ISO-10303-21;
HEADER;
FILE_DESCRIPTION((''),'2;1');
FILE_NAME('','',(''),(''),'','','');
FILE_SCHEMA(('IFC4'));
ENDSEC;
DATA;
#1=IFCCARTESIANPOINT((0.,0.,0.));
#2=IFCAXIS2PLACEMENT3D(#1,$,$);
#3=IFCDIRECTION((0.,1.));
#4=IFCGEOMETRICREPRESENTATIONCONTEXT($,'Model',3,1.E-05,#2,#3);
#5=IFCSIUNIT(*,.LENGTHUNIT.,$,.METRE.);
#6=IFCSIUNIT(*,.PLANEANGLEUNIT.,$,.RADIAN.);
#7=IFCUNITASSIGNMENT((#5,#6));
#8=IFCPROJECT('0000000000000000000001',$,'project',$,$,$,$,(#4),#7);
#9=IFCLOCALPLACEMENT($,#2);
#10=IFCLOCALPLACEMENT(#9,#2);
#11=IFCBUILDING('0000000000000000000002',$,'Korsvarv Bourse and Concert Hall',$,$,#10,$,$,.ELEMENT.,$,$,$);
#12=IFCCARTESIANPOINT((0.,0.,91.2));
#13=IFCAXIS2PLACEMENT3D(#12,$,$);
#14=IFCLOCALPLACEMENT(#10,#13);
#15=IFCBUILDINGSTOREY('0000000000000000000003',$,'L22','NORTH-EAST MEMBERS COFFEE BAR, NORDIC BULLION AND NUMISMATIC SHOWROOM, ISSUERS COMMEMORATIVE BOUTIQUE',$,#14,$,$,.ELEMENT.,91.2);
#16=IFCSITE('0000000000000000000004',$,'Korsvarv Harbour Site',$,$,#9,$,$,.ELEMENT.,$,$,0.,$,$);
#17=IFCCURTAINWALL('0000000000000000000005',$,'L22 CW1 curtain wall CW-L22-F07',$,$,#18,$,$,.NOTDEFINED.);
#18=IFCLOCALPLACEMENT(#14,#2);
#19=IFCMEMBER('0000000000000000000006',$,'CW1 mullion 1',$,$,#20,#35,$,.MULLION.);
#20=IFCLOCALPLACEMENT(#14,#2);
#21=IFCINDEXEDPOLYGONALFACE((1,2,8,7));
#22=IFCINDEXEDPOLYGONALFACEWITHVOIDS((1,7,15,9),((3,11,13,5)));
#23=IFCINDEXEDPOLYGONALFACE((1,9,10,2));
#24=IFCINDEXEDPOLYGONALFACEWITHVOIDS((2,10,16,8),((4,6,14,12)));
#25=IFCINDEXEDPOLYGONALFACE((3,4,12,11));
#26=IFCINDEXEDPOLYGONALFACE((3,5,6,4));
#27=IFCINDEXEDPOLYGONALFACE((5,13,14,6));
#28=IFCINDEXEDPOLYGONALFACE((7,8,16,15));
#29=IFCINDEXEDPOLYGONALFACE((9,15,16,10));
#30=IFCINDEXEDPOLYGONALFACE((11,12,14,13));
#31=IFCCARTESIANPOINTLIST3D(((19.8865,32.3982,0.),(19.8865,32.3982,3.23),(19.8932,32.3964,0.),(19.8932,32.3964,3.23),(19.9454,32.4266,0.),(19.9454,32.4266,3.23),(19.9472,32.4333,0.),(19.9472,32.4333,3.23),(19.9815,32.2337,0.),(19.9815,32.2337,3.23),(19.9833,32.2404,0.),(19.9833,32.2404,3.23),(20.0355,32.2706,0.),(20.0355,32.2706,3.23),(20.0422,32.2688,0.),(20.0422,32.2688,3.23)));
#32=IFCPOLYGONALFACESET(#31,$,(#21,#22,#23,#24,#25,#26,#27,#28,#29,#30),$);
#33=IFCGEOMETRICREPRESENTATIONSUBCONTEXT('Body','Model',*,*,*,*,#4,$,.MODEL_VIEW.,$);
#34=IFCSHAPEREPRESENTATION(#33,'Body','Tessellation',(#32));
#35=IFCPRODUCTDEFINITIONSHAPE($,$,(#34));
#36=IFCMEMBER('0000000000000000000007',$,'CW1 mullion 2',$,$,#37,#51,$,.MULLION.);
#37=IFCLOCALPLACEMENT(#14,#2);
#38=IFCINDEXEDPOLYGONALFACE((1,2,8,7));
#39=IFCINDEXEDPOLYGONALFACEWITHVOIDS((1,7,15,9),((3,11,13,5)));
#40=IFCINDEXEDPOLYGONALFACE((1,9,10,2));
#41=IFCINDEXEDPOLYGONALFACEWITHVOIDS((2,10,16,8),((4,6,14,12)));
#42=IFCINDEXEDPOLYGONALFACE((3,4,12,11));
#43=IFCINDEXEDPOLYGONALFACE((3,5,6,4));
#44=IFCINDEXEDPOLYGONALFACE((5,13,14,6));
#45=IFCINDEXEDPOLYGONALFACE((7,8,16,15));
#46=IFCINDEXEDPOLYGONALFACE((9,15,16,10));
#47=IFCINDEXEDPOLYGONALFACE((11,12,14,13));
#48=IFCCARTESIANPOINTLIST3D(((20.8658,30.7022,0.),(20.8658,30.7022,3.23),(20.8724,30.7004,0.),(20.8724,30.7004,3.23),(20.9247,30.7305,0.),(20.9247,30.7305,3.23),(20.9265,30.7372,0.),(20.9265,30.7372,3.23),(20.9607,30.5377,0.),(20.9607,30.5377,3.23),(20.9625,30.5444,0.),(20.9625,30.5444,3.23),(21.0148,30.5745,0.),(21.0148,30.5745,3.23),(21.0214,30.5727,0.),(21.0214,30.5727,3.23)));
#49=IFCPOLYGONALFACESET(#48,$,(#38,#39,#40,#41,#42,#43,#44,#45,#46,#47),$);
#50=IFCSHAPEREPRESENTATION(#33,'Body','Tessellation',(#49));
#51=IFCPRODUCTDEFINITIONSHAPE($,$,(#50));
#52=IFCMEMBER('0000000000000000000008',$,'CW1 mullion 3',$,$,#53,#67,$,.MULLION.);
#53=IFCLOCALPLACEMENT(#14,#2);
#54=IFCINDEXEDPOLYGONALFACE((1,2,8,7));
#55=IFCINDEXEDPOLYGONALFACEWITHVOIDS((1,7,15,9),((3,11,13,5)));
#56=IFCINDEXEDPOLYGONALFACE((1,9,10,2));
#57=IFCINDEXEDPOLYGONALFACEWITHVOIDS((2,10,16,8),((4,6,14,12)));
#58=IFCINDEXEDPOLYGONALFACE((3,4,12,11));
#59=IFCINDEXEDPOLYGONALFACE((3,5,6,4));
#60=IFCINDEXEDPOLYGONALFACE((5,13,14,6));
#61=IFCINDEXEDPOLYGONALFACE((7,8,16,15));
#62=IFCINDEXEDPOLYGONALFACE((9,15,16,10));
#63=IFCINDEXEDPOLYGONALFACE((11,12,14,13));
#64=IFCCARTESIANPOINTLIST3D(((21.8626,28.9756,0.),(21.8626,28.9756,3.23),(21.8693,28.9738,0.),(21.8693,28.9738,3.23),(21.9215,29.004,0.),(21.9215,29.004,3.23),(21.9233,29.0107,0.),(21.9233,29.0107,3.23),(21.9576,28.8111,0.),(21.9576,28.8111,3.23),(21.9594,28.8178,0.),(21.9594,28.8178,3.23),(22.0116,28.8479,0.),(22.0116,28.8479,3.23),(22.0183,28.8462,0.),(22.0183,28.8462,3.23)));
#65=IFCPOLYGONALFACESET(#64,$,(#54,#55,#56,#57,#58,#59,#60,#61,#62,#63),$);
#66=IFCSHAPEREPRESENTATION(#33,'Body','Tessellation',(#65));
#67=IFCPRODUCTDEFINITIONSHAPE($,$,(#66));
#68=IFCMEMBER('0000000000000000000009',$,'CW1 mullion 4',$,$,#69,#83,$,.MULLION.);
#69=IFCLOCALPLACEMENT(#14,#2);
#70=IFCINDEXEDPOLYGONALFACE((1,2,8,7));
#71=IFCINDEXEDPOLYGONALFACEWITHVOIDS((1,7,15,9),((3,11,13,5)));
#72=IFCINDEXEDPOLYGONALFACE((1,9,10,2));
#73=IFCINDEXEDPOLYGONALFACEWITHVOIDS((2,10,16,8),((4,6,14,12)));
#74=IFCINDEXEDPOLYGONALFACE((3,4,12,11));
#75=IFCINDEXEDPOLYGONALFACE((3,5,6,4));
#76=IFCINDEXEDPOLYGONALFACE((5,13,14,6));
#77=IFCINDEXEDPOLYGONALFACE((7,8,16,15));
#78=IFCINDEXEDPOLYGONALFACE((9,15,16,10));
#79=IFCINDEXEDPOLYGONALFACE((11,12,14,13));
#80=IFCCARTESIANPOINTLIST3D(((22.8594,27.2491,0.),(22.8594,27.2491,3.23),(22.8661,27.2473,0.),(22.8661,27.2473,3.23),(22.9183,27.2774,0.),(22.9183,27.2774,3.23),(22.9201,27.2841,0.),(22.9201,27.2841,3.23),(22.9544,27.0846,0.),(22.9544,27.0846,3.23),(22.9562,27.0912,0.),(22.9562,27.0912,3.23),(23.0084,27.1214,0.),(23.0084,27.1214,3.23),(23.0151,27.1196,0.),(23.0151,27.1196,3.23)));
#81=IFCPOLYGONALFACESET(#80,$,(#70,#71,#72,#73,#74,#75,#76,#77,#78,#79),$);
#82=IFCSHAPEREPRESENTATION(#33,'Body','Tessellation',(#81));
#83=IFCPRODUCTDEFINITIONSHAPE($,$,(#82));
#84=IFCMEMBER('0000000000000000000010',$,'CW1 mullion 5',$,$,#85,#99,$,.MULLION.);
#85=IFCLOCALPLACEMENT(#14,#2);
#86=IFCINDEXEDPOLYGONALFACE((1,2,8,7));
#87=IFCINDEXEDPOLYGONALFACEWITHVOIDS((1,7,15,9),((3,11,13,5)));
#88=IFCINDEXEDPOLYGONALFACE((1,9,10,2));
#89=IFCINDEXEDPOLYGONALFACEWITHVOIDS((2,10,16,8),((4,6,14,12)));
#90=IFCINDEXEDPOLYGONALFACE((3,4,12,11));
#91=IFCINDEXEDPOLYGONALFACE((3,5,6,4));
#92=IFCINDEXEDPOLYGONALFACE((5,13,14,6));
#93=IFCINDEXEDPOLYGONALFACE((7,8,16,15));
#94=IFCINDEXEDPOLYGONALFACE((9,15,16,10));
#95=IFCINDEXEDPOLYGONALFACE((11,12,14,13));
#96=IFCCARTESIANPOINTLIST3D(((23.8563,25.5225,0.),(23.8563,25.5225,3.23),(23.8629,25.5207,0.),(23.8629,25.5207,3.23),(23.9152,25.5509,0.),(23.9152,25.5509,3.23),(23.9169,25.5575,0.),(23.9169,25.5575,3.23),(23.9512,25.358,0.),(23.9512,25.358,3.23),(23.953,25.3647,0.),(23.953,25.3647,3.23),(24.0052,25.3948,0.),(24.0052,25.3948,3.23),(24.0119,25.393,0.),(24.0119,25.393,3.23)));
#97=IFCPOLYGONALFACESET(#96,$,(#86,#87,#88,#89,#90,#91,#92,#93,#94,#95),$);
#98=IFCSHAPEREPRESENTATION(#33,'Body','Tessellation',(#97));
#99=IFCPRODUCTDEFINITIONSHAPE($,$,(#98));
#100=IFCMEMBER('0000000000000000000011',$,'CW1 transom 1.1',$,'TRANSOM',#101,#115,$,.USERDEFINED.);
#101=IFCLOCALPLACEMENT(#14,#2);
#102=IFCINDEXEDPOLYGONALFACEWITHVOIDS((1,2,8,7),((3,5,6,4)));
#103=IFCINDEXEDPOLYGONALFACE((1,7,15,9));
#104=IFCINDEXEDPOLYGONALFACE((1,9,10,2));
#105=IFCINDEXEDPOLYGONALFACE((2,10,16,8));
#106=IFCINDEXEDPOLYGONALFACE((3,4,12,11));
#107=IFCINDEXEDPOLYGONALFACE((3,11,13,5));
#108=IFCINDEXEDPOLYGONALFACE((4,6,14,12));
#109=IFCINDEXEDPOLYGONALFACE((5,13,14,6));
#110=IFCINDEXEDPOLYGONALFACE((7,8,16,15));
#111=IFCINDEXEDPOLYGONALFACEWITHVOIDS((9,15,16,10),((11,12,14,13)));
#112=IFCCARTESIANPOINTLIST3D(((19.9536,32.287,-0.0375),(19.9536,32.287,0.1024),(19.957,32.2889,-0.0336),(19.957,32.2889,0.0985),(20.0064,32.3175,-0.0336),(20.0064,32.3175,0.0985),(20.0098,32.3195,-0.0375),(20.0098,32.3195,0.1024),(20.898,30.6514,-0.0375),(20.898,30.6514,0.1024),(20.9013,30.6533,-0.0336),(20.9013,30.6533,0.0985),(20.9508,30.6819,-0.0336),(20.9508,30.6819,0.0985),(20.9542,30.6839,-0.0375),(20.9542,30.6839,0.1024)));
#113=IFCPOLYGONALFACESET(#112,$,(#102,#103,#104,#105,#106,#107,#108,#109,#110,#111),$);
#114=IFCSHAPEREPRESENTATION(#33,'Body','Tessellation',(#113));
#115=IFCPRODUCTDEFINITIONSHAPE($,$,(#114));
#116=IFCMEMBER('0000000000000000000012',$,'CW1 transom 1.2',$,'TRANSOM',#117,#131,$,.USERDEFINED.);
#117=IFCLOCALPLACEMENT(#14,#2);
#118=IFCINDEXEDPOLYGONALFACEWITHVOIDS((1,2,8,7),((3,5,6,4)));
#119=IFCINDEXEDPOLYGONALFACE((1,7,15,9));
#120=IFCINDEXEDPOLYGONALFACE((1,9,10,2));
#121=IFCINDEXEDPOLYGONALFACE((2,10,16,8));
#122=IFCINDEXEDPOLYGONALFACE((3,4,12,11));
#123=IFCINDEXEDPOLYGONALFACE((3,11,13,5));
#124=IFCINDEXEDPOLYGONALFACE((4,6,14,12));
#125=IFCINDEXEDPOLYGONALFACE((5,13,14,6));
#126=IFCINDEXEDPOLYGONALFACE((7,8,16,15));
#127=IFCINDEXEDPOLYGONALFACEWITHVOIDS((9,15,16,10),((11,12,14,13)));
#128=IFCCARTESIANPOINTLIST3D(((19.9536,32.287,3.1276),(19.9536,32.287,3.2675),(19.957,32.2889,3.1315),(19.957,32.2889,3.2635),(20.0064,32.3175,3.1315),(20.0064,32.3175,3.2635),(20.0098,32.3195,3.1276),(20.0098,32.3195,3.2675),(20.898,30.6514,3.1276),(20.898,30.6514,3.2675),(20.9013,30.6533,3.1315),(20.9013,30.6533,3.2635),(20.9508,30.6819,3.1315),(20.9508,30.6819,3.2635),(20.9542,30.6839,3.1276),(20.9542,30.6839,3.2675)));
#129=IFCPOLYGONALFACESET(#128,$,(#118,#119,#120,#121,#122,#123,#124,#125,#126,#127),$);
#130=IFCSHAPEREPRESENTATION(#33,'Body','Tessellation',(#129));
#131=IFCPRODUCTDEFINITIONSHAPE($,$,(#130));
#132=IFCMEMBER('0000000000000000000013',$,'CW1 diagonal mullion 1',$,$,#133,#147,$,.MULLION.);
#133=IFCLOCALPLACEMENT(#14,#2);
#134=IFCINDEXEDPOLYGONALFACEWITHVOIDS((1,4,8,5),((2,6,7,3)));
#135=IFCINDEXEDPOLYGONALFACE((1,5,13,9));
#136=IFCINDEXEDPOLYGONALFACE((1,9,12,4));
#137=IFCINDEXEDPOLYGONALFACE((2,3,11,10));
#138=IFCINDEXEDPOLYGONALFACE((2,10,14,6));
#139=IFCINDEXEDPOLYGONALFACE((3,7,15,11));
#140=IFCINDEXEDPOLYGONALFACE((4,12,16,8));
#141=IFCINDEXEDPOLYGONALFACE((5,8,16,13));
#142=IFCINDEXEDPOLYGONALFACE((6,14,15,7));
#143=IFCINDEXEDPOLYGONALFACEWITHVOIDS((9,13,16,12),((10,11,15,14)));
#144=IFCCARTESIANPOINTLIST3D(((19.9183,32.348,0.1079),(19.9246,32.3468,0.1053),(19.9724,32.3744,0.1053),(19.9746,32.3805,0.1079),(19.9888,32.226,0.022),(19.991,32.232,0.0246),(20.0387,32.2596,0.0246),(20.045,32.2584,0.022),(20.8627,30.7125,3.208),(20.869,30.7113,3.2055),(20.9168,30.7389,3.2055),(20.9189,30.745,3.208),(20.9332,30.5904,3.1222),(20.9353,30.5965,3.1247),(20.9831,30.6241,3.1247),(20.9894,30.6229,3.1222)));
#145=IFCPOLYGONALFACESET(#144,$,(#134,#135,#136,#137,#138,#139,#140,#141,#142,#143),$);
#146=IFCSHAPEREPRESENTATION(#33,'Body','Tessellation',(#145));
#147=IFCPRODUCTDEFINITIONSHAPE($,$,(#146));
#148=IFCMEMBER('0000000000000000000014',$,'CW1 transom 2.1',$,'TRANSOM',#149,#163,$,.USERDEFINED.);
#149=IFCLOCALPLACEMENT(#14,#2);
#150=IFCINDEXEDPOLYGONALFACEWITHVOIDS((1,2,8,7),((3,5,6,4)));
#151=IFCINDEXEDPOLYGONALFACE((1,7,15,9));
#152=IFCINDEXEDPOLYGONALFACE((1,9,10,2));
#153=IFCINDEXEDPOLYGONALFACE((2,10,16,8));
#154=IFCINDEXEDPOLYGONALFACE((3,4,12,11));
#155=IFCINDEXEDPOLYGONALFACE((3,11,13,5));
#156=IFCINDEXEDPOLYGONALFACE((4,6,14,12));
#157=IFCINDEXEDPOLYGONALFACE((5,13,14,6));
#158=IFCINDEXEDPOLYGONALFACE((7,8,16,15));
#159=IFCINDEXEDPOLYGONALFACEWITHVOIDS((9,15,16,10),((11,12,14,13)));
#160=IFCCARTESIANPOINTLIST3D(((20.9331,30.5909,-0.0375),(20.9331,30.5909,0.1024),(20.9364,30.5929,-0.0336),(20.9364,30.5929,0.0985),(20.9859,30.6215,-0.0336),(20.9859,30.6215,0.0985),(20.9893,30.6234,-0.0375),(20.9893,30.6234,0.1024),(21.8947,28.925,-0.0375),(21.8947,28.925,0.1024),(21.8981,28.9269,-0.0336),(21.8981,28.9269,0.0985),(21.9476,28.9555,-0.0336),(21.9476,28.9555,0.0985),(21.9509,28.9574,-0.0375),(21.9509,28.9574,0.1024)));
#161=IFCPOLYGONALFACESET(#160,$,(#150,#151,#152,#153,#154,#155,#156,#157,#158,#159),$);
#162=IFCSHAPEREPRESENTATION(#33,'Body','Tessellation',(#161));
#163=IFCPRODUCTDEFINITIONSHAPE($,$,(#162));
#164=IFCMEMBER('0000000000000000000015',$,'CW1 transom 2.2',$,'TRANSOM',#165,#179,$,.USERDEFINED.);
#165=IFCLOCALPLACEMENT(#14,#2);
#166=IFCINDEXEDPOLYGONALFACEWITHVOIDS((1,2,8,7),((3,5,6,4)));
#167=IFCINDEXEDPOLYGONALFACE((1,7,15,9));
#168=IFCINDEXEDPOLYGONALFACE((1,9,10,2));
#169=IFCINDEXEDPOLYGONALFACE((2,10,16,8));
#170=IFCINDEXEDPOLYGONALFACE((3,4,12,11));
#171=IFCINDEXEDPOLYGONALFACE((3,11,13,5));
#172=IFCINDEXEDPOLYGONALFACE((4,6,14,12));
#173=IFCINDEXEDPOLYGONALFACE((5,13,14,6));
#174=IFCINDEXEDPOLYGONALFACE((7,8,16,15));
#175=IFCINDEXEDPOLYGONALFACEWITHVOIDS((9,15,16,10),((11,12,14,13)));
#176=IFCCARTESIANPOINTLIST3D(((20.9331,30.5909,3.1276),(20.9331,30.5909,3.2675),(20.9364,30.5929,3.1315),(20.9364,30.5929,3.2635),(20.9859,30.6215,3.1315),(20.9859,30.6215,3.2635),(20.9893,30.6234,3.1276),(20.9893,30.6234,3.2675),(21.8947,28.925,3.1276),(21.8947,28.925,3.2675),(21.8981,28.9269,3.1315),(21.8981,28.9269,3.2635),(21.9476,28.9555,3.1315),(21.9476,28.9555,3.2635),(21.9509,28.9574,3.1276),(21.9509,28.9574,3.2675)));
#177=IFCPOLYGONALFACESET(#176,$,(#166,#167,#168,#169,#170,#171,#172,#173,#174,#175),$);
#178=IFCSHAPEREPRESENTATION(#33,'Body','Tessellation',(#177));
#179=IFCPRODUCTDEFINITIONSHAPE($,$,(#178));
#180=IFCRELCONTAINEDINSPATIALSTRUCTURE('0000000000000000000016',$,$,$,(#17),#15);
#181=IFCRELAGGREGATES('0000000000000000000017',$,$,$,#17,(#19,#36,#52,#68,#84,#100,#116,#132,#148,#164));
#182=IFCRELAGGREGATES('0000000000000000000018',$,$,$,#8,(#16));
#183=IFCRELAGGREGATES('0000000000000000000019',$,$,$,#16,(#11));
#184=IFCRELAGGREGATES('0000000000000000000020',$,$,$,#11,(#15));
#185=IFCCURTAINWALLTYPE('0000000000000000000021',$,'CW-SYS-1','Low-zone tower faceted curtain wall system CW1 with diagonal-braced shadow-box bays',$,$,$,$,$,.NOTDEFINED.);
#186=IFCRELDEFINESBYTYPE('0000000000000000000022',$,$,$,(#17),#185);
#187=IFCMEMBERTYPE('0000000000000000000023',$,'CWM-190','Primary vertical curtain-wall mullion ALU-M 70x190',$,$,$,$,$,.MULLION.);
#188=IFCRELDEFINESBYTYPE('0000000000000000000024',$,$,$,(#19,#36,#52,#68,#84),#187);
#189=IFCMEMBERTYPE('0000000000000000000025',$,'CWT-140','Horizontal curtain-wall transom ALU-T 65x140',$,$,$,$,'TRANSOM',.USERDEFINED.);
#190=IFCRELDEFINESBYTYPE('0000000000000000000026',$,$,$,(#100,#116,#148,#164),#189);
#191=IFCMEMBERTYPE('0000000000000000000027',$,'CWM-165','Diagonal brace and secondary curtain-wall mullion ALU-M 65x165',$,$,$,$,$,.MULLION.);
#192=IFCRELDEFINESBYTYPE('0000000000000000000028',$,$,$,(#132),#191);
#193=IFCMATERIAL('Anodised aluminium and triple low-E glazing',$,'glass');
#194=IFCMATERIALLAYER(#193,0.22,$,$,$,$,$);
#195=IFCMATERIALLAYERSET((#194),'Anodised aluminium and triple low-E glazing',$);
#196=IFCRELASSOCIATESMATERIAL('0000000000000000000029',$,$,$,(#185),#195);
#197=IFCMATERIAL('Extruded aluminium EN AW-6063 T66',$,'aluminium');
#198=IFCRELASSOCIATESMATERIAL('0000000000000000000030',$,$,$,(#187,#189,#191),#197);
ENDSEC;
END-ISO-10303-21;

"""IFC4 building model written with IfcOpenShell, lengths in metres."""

from ifc_helpers import new_model, si_unit, direction, frame, origin, origin_2d, place, context, subcontext, project, spatial, hollow_rectangle, extrude, source, transform, mapped, material, layer, layer_set, material_profile, profile_set, type_object, element, aggregate, save


model = new_model("IFC4")

# Units and contexts
model_context = context("Model", 3, precision=1e-05, world=origin(), true_north=direction((0.0, 1.0)))
body_context = subcontext(model_context, "Body", "Model", "MODEL_VIEW")
ifc_project = project(units=[si_unit("LENGTHUNIT", "METRE"), si_unit("PLANEANGLEUNIT", "RADIAN")], contexts=[model_context])

# Site, building, storey
site_placement = place(None, origin())
site = spatial("IfcSite", under=ifc_project, at=site_placement, Name="Korsvarv Harbour Site", CompositionType="ELEMENT", RefElevation=0.0)
building_placement = place(site_placement, origin())
building = spatial("IfcBuilding", under=site, at=building_placement, Name="Korsvarv Bourse and Concert Hall", CompositionType="ELEMENT")
storey_placement = place(building_placement, frame((0.0, 0.0, 91.2)))
storey = spatial("IfcBuildingStorey", under=building, at=storey_placement, Name="L22", Description="NORTH-EAST MEMBERS COFFEE BAR, NORDIC BULLION AND NUMISMATIC SHOWROOM, ISSUERS COMMEMORATIVE BOUTIQUE", CompositionType="ELEMENT", Elevation=91.2)

# Curtain wall, members
ifc_material_1 = material(Name="Anodised aluminium and triple low-E glazing", Category="glass")
ifc_layer_1 = layer(ifc_material_1, 0.22)
ifc_layer_set_1 = layer_set([ifc_layer_1], Name="Anodised aluminium and triple low-E glazing")
curtain_wall_type = type_object("IfcCurtainWallType", Name="CW-SYS-1", Description="Low-zone tower faceted curtain wall system CW1 with diagonal-braced shadow-box bays", PredefinedType="NOTDEFINED", material=ifc_layer_set_1)
curtain_wall_placement = place(storey_placement, origin())
curtain_wall = element("IfcCurtainWall", 1, at=curtain_wall_placement, inside=storey, type_object=curtain_wall_type, Name="L22 CW1 curtain wall CW-L22-F07", PredefinedType="NOTDEFINED")
ifc_material_2 = material(Name="Extruded aluminium EN AW-6063 T66", Category="aluminium")
ifc_material_profile_1 = material_profile(ifc_material_2, hollow_rectangle(XDim=0.0701, YDim=0.1899, WallThickness=0.0049, at=origin_2d()), Name="ALU-M 70x190")
ifc_profile_set_1 = profile_set([ifc_material_profile_1], Name="Extruded aluminium EN AW-6063 T66")
member_type_1 = type_object("IfcMemberType", Name="CWM-190", Description="Primary vertical curtain-wall mullion ALU-M 70x190", PredefinedType="MULLION", material=ifc_profile_set_1)
shared_shape_1 = source(origin(), body_context, "Body", "SweptSolid", [
    extrude(hollow_rectangle(XDim=0.0701, YDim=0.1899, WallThickness=0.0049, at=origin_2d()), origin(), (0.0, 0.0, 1.0), 3.23),
])
member_1_placement = place(storey_placement, frame((19.9644, 32.3335, 0.0), z_axis=(0.0, 0.0, 1.0), x_axis=(0.866026, 0.499999, 0.0)))
member_1 = element("IfcMember", 2, at=member_1_placement, type_object=member_type_1, Name="CW1 mullion 1", PredefinedType="MULLION", context=body_context, shape_type="MappedRepresentation", body=[
    mapped(shared_shape_1, transform((0.0, 0.0, 0.0), scale=1.0)),
])
member_2_placement = place(storey_placement, frame((20.9436, 30.6375, 0.0), z_axis=(0.0, 0.0, 1.0), x_axis=(0.866026, 0.499999, 0.0)))
member_2 = element("IfcMember", 3, at=member_2_placement, type_object=member_type_1, Name="CW1 mullion 2", PredefinedType="MULLION", context=body_context, shape_type="MappedRepresentation", body=[
    mapped(shared_shape_1, transform((0.0, 0.0, 0.0), scale=1.0)),
])
member_3_placement = place(storey_placement, frame((21.9404, 28.9109, 0.0), z_axis=(0.0, 0.0, 1.0), x_axis=(0.866026, 0.499999, 0.0)))
member_3 = element("IfcMember", 4, at=member_3_placement, type_object=member_type_1, Name="CW1 mullion 3", PredefinedType="MULLION", context=body_context, shape_type="MappedRepresentation", body=[
    mapped(shared_shape_1, transform((0.0, 0.0, 0.0), scale=1.0)),
])
member_4_placement = place(storey_placement, frame((22.9373, 27.1843, 0.0), z_axis=(0.0, 0.0, 1.0), x_axis=(0.866026, 0.499999, 0.0)))
member_4 = element("IfcMember", 5, at=member_4_placement, type_object=member_type_1, Name="CW1 mullion 4", PredefinedType="MULLION", context=body_context, shape_type="MappedRepresentation", body=[
    mapped(shared_shape_1, transform((0.0, 0.0, 0.0), scale=1.0)),
])
member_5_placement = place(storey_placement, frame((23.9341, 25.4578, 0.0), z_axis=(0.0, 0.0, 1.0), x_axis=(0.866026, 0.499999, 0.0)))
member_5 = element("IfcMember", 6, at=member_5_placement, type_object=member_type_1, Name="CW1 mullion 5", PredefinedType="MULLION", context=body_context, shape_type="MappedRepresentation", body=[
    mapped(shared_shape_1, transform((0.0, 0.0, 0.0), scale=1.0)),
])
ifc_material_profile_2 = material_profile(ifc_material_2, hollow_rectangle(XDim=0.0649, YDim=0.1399, WallThickness=0.0039, at=origin_2d()), Name="ALU-T 65x140")
ifc_profile_set_2 = profile_set([ifc_material_profile_2], Name="Extruded aluminium EN AW-6063 T66")
member_type_2 = type_object("IfcMemberType", Name="CWT-140", Description="Horizontal curtain-wall transom ALU-T 65x140", ElementType="TRANSOM", PredefinedType="USERDEFINED", material=ifc_profile_set_2)
shared_shape_2 = source(origin(), body_context, "Body", "SweptSolid", [
    extrude(hollow_rectangle(XDim=0.0649, YDim=0.1399, WallThickness=0.0039, at=origin_2d()), origin(), (0.0, 0.0, 1.0), 1.8887),
])
member_6_placement = place(storey_placement, frame((19.9817, 32.3032, 0.0325), z_axis=(0.500032, -0.866007, 0.0), x_axis=(0.866007, 0.500032, 0.0)))
member_6 = element("IfcMember", 7, at=member_6_placement, type_object=member_type_2, Name="CW1 transom 1.1", ObjectType="TRANSOM", PredefinedType="USERDEFINED", context=body_context, shape_type="MappedRepresentation", body=[
    mapped(shared_shape_2, transform((0.0, 0.0, 0.0), scale=1.0)),
])
member_7_placement = place(storey_placement, frame((19.9817, 32.3032, 3.1975), z_axis=(0.500032, -0.866007, 0.0), x_axis=(0.866007, 0.500032, 0.0)))
member_7 = element("IfcMember", 8, at=member_7_placement, type_object=member_type_2, Name="CW1 transom 1.2", ObjectType="TRANSOM", PredefinedType="USERDEFINED", context=body_context, shape_type="MappedRepresentation", body=[
    mapped(shared_shape_2, transform((0.0, 0.0, 0.0), scale=1.0)),
])
ifc_material_profile_3 = material_profile(ifc_material_2, hollow_rectangle(XDim=0.0649, YDim=0.165, WallThickness=0.0049, at=origin_2d()), Name="ALU-M 65x165")
ifc_profile_set_3 = profile_set([ifc_material_profile_3], Name="Extruded aluminium EN AW-6063 T66")
member_type_3 = type_object("IfcMemberType", Name="CWM-165", Description="Diagonal brace and secondary curtain-wall mullion ALU-M 65x165", PredefinedType="MULLION", material=ifc_profile_set_3)
shared_shape_3 = source(origin(), body_context, "Body", "SweptSolid", [
    extrude(hollow_rectangle(XDim=0.0649, YDim=0.165, WallThickness=0.0049, at=origin_2d()), origin(), (0.0, 0.0, 1.0), 3.6301),
])
member_8_placement = place(storey_placement, frame((19.9817, 32.3032, 0.0649), z_axis=(0.260144, -0.450545, 0.854011), x_axis=(0.866007, 0.500032, 0.0)))
member_8 = element("IfcMember", 9, at=member_8_placement, type_object=member_type_3, Name="CW1 diagonal mullion 1", PredefinedType="MULLION", context=body_context, shape_type="MappedRepresentation", body=[
    mapped(shared_shape_3, transform((0.0, 0.0, 0.0), scale=1.0)),
])
shared_shape_4 = source(origin(), body_context, "Body", "SweptSolid", [
    extrude(hollow_rectangle(XDim=0.0649, YDim=0.1399, WallThickness=0.0039, at=origin_2d()), origin(), (0.0, 0.0, 1.0), 1.9236),
])
member_9_placement = place(storey_placement, frame((20.9612, 30.6072, 0.0325), z_axis=(0.49992, -0.866071, 0.0), x_axis=(0.866071, 0.49992, 0.0)))
member_9 = element("IfcMember", 10, at=member_9_placement, type_object=member_type_2, Name="CW1 transom 2.1", ObjectType="TRANSOM", PredefinedType="USERDEFINED", context=body_context, shape_type="MappedRepresentation", body=[
    mapped(shared_shape_4, transform((0.0, 0.0, 0.0), scale=1.0)),
])
member_10_placement = place(storey_placement, frame((20.9612, 30.6072, 3.1975), z_axis=(0.49992, -0.866071, 0.0), x_axis=(0.866071, 0.49992, 0.0)))
member_10 = element("IfcMember", 11, at=member_10_placement, type_object=member_type_2, Name="CW1 transom 2.2", ObjectType="TRANSOM", PredefinedType="USERDEFINED", context=body_context, shape_type="MappedRepresentation", body=[
    mapped(shared_shape_4, transform((0.0, 0.0, 0.0), scale=1.0)),
])

aggregate(curtain_wall, [member_1, member_2, member_3, member_4, member_5, member_6, member_7, member_8, member_9, member_10])

save(model, "model.ifc")
